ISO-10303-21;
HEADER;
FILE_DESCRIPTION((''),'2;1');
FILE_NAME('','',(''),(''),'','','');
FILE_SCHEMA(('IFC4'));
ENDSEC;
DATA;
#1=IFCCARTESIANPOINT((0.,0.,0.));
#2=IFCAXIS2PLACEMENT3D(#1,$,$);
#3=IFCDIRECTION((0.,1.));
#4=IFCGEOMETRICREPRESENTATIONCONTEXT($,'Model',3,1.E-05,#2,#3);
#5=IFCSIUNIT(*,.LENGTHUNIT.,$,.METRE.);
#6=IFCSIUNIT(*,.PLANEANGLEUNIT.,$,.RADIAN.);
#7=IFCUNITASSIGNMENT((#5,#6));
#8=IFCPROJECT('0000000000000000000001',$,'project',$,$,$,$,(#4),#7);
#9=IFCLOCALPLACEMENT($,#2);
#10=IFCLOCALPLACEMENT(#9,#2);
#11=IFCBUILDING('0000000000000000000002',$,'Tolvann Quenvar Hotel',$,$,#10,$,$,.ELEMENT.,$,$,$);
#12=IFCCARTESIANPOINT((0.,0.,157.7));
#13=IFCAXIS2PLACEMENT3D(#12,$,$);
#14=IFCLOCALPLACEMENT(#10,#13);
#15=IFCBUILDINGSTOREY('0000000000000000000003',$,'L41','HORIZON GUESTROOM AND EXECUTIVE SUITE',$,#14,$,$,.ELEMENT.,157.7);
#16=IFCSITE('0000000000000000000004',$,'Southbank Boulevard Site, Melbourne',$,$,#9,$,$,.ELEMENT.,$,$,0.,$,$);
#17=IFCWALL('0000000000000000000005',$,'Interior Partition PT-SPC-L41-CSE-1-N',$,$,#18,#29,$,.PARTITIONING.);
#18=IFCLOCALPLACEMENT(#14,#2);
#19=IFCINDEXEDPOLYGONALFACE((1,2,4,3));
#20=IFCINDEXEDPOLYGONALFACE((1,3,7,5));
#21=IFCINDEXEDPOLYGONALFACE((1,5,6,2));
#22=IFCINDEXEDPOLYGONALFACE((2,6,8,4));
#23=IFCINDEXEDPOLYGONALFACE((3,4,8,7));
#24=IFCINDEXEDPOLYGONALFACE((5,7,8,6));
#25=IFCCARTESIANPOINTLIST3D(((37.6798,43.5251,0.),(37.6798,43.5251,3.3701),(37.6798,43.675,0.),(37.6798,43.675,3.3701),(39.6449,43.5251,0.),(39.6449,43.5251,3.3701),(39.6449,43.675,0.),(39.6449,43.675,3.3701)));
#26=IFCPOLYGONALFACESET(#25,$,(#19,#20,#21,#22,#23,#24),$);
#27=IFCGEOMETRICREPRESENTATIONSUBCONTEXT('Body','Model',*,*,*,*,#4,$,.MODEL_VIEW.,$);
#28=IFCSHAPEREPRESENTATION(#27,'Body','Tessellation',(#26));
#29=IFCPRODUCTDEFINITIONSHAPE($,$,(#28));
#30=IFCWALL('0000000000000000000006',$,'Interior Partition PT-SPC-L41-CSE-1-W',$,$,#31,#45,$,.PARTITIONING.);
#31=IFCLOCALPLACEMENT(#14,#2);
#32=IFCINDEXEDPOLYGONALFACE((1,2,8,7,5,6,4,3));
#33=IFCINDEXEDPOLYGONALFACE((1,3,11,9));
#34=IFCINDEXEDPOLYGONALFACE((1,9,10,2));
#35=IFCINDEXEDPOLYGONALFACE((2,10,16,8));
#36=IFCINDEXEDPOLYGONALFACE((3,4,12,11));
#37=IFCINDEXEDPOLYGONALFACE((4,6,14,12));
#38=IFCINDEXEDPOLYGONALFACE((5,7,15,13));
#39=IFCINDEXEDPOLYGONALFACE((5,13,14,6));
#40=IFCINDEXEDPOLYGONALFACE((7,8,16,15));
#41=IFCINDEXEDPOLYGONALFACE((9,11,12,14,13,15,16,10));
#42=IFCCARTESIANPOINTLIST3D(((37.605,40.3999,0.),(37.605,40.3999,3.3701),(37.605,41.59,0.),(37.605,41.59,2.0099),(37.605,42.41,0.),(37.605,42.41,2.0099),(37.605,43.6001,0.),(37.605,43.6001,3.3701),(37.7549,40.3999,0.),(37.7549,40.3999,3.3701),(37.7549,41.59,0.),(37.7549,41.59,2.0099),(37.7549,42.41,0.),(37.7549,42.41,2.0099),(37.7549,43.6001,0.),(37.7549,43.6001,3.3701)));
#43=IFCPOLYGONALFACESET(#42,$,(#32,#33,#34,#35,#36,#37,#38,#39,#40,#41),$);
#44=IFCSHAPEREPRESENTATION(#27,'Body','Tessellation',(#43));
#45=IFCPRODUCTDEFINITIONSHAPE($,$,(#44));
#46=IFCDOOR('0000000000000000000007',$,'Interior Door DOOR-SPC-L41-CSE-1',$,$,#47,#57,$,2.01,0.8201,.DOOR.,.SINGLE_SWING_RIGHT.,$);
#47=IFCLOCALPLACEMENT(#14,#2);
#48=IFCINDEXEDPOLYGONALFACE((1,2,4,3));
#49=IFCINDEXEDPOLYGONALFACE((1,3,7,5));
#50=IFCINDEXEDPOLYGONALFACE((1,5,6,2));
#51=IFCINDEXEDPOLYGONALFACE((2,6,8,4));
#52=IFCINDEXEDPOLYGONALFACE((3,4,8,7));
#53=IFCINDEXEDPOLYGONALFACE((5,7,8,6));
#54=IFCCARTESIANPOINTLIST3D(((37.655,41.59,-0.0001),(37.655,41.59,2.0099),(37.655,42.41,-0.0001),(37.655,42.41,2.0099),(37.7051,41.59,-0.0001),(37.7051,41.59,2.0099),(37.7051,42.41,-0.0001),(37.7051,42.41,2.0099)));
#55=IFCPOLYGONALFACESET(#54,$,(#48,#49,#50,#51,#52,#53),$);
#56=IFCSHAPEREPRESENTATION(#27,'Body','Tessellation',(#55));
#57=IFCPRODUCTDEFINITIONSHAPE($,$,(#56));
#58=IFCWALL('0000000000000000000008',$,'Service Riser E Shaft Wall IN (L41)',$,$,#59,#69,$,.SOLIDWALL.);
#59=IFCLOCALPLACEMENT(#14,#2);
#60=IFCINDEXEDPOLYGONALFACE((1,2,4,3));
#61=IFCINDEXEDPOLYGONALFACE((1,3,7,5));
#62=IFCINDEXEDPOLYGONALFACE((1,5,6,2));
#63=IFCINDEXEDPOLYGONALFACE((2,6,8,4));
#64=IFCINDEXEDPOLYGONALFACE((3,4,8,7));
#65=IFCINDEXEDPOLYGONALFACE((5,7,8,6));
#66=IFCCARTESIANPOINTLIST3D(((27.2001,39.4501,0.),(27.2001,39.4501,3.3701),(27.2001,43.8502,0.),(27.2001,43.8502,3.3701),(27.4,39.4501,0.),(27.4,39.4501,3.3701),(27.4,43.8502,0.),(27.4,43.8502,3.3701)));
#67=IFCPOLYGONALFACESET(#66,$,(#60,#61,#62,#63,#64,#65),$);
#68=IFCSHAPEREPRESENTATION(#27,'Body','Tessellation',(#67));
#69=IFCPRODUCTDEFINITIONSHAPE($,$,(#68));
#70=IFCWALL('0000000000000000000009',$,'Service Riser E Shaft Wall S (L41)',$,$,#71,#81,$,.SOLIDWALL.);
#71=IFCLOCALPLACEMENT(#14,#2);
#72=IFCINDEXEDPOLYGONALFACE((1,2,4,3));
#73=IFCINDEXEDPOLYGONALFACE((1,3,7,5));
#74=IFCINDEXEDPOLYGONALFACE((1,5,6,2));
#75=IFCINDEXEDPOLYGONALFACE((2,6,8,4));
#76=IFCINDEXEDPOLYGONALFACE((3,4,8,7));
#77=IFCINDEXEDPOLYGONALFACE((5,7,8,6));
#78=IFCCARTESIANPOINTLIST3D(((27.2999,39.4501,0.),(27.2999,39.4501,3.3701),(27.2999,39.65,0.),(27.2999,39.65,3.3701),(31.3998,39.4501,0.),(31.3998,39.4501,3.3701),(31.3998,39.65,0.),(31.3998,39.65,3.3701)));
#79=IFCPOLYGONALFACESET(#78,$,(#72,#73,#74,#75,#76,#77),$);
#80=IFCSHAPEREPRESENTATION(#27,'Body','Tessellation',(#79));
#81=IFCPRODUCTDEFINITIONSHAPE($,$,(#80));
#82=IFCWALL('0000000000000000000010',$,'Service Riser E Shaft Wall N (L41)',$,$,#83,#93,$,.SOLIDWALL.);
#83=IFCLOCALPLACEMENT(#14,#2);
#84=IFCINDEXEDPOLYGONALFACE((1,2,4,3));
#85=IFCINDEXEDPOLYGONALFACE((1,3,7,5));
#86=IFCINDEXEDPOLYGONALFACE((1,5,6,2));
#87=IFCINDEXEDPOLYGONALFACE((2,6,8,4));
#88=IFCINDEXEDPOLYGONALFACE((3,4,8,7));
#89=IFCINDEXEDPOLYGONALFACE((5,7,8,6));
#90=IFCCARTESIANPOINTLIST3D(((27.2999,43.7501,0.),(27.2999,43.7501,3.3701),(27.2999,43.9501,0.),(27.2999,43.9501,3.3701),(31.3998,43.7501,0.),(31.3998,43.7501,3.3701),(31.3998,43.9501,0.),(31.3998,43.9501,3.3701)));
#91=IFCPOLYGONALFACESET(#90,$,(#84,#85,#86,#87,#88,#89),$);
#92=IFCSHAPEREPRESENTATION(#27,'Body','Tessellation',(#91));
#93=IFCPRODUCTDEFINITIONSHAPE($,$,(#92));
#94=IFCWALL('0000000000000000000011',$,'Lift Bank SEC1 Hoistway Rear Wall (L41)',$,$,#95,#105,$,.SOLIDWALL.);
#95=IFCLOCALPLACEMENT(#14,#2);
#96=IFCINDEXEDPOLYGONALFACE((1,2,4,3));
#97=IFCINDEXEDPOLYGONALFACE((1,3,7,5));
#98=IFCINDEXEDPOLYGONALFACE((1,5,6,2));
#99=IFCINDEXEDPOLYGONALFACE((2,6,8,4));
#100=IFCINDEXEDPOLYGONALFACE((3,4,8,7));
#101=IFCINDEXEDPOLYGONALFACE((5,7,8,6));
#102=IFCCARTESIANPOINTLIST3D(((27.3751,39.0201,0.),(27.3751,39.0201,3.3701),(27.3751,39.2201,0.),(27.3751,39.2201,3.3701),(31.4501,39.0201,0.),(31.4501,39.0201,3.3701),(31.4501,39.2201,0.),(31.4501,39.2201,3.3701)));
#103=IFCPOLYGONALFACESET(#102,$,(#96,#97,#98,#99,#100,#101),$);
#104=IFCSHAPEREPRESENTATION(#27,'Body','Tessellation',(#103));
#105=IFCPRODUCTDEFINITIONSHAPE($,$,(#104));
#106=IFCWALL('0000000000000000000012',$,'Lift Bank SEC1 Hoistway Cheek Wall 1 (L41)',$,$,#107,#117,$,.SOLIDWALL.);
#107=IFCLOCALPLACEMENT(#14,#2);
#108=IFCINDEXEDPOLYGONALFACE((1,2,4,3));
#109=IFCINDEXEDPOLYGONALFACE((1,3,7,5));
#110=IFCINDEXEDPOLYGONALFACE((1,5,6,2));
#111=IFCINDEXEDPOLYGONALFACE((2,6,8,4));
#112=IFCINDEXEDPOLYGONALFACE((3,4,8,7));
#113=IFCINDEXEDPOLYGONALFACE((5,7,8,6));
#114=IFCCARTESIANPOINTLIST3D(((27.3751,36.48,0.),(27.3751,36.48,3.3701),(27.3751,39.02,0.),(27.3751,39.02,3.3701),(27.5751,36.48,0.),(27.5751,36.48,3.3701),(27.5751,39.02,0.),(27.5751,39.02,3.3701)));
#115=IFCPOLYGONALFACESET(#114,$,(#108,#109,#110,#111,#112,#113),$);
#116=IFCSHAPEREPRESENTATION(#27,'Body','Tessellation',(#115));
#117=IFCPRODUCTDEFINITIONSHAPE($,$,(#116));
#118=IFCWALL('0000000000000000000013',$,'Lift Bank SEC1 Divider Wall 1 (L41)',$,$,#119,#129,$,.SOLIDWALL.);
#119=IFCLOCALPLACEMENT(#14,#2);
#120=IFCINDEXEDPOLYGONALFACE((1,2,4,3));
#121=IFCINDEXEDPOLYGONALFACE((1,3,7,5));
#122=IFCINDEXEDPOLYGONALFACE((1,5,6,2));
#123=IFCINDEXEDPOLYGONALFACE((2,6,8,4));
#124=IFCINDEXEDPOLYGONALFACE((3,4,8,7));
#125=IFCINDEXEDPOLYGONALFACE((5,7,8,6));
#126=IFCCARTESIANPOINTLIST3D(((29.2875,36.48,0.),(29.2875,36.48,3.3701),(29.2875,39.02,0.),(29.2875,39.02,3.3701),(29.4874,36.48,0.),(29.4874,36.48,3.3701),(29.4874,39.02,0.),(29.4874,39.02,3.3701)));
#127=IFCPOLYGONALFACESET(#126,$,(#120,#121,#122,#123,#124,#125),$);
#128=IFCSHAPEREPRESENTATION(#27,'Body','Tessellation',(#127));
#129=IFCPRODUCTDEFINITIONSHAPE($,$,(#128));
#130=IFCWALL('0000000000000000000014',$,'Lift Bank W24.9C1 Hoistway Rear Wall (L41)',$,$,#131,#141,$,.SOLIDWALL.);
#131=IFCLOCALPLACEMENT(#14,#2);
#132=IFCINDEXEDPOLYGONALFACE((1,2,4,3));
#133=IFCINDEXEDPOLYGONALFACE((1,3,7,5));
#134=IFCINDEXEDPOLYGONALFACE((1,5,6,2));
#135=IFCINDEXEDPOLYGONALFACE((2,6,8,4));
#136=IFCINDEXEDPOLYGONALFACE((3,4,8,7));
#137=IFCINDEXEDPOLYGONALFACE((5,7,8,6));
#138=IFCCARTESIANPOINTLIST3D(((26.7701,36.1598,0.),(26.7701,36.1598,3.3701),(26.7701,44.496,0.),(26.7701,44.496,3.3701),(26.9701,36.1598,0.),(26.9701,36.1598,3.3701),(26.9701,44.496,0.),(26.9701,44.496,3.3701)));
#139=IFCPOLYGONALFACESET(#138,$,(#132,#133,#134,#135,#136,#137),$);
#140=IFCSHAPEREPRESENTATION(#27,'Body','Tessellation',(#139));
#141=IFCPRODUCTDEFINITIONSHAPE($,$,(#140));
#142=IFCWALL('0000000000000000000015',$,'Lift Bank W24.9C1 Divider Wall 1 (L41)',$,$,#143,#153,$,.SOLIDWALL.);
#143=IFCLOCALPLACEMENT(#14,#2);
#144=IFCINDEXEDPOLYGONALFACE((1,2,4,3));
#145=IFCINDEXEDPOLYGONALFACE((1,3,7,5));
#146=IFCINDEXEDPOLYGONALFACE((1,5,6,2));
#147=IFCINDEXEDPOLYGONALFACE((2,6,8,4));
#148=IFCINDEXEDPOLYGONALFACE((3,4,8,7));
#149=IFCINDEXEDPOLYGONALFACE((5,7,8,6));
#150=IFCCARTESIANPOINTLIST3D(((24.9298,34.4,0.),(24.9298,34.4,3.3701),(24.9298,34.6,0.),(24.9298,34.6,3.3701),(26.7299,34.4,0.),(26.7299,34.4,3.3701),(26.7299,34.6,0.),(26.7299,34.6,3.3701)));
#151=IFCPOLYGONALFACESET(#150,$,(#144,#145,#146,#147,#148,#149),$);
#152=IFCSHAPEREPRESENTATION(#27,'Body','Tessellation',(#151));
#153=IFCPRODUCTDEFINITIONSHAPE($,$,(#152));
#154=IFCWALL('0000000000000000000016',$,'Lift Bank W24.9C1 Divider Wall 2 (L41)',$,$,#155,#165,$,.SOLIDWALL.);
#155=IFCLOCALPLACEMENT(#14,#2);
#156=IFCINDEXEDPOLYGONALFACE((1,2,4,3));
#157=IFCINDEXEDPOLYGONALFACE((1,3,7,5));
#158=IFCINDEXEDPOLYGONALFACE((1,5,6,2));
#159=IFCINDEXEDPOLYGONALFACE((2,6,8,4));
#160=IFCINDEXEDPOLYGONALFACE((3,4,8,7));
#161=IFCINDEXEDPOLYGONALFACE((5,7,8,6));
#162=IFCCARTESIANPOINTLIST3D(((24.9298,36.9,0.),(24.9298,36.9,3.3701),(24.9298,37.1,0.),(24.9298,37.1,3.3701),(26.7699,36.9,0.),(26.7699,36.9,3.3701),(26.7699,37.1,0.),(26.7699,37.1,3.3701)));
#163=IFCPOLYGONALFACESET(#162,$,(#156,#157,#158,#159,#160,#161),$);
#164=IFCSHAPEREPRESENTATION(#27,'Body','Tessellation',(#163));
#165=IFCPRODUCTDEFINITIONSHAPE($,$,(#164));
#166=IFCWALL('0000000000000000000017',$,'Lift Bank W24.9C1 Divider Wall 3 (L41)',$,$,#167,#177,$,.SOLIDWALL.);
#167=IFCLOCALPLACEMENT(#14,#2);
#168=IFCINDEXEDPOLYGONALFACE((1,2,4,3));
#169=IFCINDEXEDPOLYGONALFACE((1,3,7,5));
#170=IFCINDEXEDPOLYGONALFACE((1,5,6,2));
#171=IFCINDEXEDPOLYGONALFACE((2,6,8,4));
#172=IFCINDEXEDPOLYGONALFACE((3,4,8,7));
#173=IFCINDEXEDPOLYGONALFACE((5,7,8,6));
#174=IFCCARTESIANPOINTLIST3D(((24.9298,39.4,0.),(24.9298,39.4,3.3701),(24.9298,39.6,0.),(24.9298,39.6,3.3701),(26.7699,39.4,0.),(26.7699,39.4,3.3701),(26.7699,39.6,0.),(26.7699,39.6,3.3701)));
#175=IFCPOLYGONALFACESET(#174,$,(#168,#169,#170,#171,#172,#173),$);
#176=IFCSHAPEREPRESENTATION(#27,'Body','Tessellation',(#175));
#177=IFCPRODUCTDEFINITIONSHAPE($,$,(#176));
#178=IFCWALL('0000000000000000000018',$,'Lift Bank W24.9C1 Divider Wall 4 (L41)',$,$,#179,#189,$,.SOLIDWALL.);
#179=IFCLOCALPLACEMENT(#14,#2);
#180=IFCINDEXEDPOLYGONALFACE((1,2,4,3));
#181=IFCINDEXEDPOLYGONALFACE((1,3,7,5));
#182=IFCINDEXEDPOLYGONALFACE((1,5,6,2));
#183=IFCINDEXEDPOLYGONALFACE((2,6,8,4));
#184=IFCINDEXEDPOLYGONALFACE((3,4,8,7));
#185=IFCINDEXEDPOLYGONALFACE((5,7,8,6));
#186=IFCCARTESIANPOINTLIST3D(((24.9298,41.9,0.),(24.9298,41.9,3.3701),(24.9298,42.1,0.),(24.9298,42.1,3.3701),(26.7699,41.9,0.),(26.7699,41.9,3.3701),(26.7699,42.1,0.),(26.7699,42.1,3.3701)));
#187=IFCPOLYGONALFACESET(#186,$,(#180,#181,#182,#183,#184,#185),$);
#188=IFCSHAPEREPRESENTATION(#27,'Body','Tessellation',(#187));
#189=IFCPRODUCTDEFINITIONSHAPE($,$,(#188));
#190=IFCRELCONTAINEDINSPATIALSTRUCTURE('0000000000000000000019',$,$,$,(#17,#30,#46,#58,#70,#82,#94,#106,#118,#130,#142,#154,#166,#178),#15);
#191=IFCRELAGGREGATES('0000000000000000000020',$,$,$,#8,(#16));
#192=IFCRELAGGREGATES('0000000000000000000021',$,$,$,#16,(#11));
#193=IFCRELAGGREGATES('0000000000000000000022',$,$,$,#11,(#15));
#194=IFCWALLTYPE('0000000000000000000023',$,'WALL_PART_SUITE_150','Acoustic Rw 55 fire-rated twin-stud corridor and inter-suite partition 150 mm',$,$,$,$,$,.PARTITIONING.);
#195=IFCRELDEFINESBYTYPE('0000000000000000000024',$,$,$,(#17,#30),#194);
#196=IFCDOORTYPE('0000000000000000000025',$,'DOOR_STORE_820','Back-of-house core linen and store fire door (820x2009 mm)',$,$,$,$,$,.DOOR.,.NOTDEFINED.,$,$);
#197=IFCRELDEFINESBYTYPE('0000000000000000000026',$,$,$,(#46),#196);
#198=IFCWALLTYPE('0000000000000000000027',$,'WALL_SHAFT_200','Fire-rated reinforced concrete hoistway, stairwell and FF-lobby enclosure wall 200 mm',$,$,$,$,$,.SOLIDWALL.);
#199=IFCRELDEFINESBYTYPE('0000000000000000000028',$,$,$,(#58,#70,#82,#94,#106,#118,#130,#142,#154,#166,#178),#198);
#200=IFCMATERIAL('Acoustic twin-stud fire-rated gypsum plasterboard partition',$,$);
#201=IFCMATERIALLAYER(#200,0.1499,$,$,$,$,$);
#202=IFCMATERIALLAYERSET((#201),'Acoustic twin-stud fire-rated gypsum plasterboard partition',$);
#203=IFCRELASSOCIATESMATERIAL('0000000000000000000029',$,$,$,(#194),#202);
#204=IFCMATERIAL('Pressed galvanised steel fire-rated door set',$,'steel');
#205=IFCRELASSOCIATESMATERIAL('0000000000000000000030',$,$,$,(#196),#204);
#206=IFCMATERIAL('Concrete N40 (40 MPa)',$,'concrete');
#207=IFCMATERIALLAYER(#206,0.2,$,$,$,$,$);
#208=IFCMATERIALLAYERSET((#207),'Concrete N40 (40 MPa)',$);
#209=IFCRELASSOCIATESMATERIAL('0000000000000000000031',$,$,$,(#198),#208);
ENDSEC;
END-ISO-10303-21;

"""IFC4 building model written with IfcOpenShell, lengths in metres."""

from ifc_helpers import new_model, si_unit, direction, frame, frame_2d, origin, place, context, subcontext, project, spatial, rectangle, extrude, source, transform, mapped, material, layer, layer_set, type_object, type_shapes, element, fill, save


model = new_model("IFC4")

# Units and contexts
model_context = context("Model", 3, precision=1e-05, world=origin(), true_north=direction((0.0, 1.0)))
body_context = subcontext(model_context, "Body", "Model", "MODEL_VIEW")
ifc_project = project(units=[si_unit("LENGTHUNIT", "METRE"), si_unit("PLANEANGLEUNIT", "RADIAN")], contexts=[model_context])

# Site, building, storey
site_placement = place(None, origin())
site = spatial("IfcSite", under=ifc_project, at=site_placement, Name="Southbank Boulevard Site, Melbourne", CompositionType="ELEMENT", RefElevation=0.0)
building_placement = place(site_placement, origin())
building = spatial("IfcBuilding", under=site, at=building_placement, Name="Tolvann Quenvar Hotel", CompositionType="ELEMENT")
storey_placement = place(building_placement, frame((0.0, 0.0, 157.7)))
storey = spatial("IfcBuildingStorey", under=building, at=storey_placement, Name="L41", Description="HORIZON GUESTROOM AND EXECUTIVE SUITE", CompositionType="ELEMENT", Elevation=157.7)

# Shared definitions
ifc_material_1 = material(Name="Acoustic twin-stud fire-rated gypsum plasterboard partition")
ifc_layer_1 = layer(ifc_material_1, 0.1499)
ifc_layer_set_1 = layer_set([ifc_layer_1], Name="Acoustic twin-stud fire-rated gypsum plasterboard partition")
wall_type_1 = type_object("IfcWallType", Name="WALL_PART_SUITE_150", Description="Acoustic Rw 55 fire-rated twin-stud corridor and inter-suite partition 150 mm", PredefinedType="PARTITIONING", material=ifc_layer_set_1)

# Shared definitions
ifc_material_2 = material(Name="Pressed galvanised steel fire-rated door set", Category="steel")

# Wall
for number, where, z_axis, x_axis, name in (
    (1, (37.6799, 43.6001, 0.0), (0.0, 0.0, 1.0), (1.0, 0.0, 0.0), "Interior Partition PT-SPC-L41-CSE-1-N"),
):
    element("IfcWall", number, at=place(storey_placement, frame(where, z_axis=z_axis, x_axis=x_axis)), inside=storey, type_object=wall_type_1, Name=name, PredefinedType="PARTITIONING", context=body_context, shape_type="SweptSolid", body=[
        extrude(rectangle(XDim=1.9651, YDim=0.1499, at=frame_2d((0.9824, 0.0))), origin(), (0.0, 0.0, 1.0), 3.3701),
    ])

# Wall, opening, door
wall_1_placement = place(storey_placement, frame((37.6799, 40.3999, 0.0), z_axis=(0.0, 0.0, 1.0), x_axis=(0.0, 1.0, 0.0)))
wall_1 = element("IfcWall", 2, at=wall_1_placement, inside=storey, type_object=wall_type_1, Name="Interior Partition PT-SPC-L41-CSE-1-W", PredefinedType="PARTITIONING", context=body_context, shape_type="SweptSolid", body=[
    extrude(rectangle(XDim=3.2002, YDim=0.1499, at=frame_2d((1.6001, 0.0))), origin(), (0.0, 0.0, 1.0), 3.3701),
])
opening_1_placement = place(wall_1_placement, frame((1.1899, 0.0, 0.0)))
opening_1 = element("IfcOpeningElement", 3, at=opening_1_placement, cuts=wall_1, PredefinedType="OPENING", context=body_context, shape_type="SweptSolid", body=[
    extrude(rectangle(XDim=0.8201, YDim=2.01, at=frame_2d((0.4102, 1.0049))), frame((0.0, 0.085, 0.0), z_axis=(0.0, -1.0, 0.0), x_axis=(1.0, 0.0, 0.0)), (0.0, 0.0, 1.0), 0.1699),
])
door_type_1 = type_object("IfcDoorType", Name="DOOR_STORE_820", Description="Back-of-house core linen and store fire door (820x2009 mm)", OperationType="NOTDEFINED", PredefinedType="DOOR", material=ifc_material_2)
shared_shape_1 = source(origin(), body_context, "Body", "SweptSolid", [
    extrude(rectangle(XDim=0.8201, YDim=2.01, at=frame_2d((0.4102, 1.0049))), frame((0.0, 0.0249, 0.0), z_axis=(0.0, -1.0, 0.0), x_axis=(1.0, 0.0, 0.0)), (0.0, 0.0, 1.0), 0.05),
])
type_shapes(door_type_1, [shared_shape_1])
door_1_placement = place(opening_1_placement, origin())
door_1 = element("IfcDoor", 4, at=door_1_placement, inside=storey, type_object=door_type_1, Name="Interior Door DOOR-SPC-L41-CSE-1", OperationType="SINGLE_SWING_RIGHT", OverallHeight=2.01, OverallWidth=0.8201, PredefinedType="DOOR", context=body_context, shape_type="MappedRepresentation", body=[
    mapped(shared_shape_1, transform((0.0, 0.0, 0.0), x_axis=(1.0, 0.0, 0.0), y_axis=(0.0, 1.0, 0.0), z_axis=(0.0, 0.0, 1.0), scale=1.0)),
])
fill(opening_1, door_1)

# Walls
ifc_material_3 = material(Name="Concrete N40 (40 MPa)", Category="concrete")
ifc_layer_2 = layer(ifc_material_3, 0.2)
ifc_layer_set_2 = layer_set([ifc_layer_2], Name="Concrete N40 (40 MPa)")
wall_type_2 = type_object("IfcWallType", Name="WALL_SHAFT_200", Description="Fire-rated reinforced concrete hoistway, stairwell and FF-lobby enclosure wall 200 mm", PredefinedType="SOLIDWALL", material=ifc_layer_set_2)
wall_2_placement = place(storey_placement, frame((27.3, 39.45, 0.0), z_axis=(0.0, 0.0, 1.0), x_axis=(0.0, 1.0, 0.0)))
element("IfcWall", 5, at=wall_2_placement, inside=storey, type_object=wall_type_2, Name="Service Riser E Shaft Wall IN (L41)", PredefinedType="SOLIDWALL", context=body_context, shape_type="SweptSolid", body=[
    extrude(rectangle(XDim=4.4001, YDim=0.2, at=frame_2d((2.2002, 0.0))), origin(), (0.0, 0.0, 1.0), 3.3701),
])
for number, where, z_axis, x_axis, name in (
    (6, (27.3, 39.55, 0.0), (0.0, 0.0, 1.0), (1.0, 0.0, 0.0), "Service Riser E Shaft Wall S (L41)"),
    (7, (27.3, 43.8501, 0.0), (0.0, 0.0, 1.0), (1.0, 0.0, 0.0), "Service Riser E Shaft Wall N (L41)"),
):
    element("IfcWall", number, at=place(storey_placement, frame(where, z_axis=z_axis, x_axis=x_axis)), inside=storey, type_object=wall_type_2, Name=name, PredefinedType="SOLIDWALL", context=body_context, shape_type="SweptSolid", body=[
        extrude(rectangle(XDim=4.0999, YDim=0.2, at=frame_2d((2.0498, 0.0))), origin(), (0.0, 0.0, 1.0), 3.3701),
    ])

# Walls
wall_3_placement = place(storey_placement, frame((27.375, 39.1201, 0.0), z_axis=(0.0, 0.0, 1.0), x_axis=(1.0, 0.0, 0.0)))
element("IfcWall", 8, at=wall_3_placement, inside=storey, type_object=wall_type_2, Name="Lift Bank SEC1 Hoistway Rear Wall (L41)", PredefinedType="SOLIDWALL", context=body_context, shape_type="SweptSolid", body=[
    extrude(rectangle(XDim=4.075, YDim=0.2, at=frame_2d((2.0376, 0.0))), origin(), (0.0, 0.0, 1.0), 3.3701),
])
for number, where, z_axis, x_axis, name in (
    (9, (27.4751, 36.48, 0.0), (0.0, 0.0, 1.0), (0.0, 1.0, 0.0), "Lift Bank SEC1 Hoistway Cheek Wall 1 (L41)"),
    (10, (29.3875, 36.48, 0.0), (0.0, 0.0, 1.0), (0.0, 1.0, 0.0), "Lift Bank SEC1 Divider Wall 1 (L41)"),
):
    element("IfcWall", number, at=place(storey_placement, frame(where, z_axis=z_axis, x_axis=x_axis)), inside=storey, type_object=wall_type_2, Name=name, PredefinedType="SOLIDWALL", context=body_context, shape_type="SweptSolid", body=[
        extrude(rectangle(XDim=2.54, YDim=0.2, at=frame_2d((1.27, 0.0))), origin(), (0.0, 0.0, 1.0), 3.3701),
    ])
wall_4_placement = place(storey_placement, frame((26.8701, 36.1599, 0.0), z_axis=(0.0, 0.0, 1.0), x_axis=(0.0, 1.0, 0.0)))
element("IfcWall", 11, at=wall_4_placement, inside=storey, type_object=wall_type_2, Name="Lift Bank W24.9C1 Hoistway Rear Wall (L41)", PredefinedType="SOLIDWALL", context=body_context, shape_type="SweptSolid", body=[
    extrude(rectangle(XDim=8.3362, YDim=0.2, at=frame_2d((4.168, 0.0))), origin(), (0.0, 0.0, 1.0), 3.3701),
])
wall_5_placement = place(storey_placement, frame((24.9299, 34.5, 0.0), z_axis=(0.0, 0.0, 1.0), x_axis=(1.0, 0.0, 0.0)))
element("IfcWall", 12, at=wall_5_placement, inside=storey, type_object=wall_type_2, Name="Lift Bank W24.9C1 Divider Wall 1 (L41)", PredefinedType="SOLIDWALL", context=body_context, shape_type="SweptSolid", body=[
    extrude(rectangle(XDim=1.8, YDim=0.2, at=frame_2d((0.8999, 0.0))), origin(), (0.0, 0.0, 1.0), 3.3701),
])
for number, where, z_axis, x_axis, name in (
    (13, (24.9299, 37.0, 0.0), (0.0, 0.0, 1.0), (1.0, 0.0, 0.0), "Lift Bank W24.9C1 Divider Wall 2 (L41)"),
    (14, (24.9299, 39.5, 0.0), (0.0, 0.0, 1.0), (1.0, 0.0, 0.0), "Lift Bank W24.9C1 Divider Wall 3 (L41)"),
    (15, (24.9299, 42.0, 0.0), (0.0, 0.0, 1.0), (1.0, 0.0, 0.0), "Lift Bank W24.9C1 Divider Wall 4 (L41)"),
):
    element("IfcWall", number, at=place(storey_placement, frame(where, z_axis=z_axis, x_axis=x_axis)), inside=storey, type_object=wall_type_2, Name=name, PredefinedType="SOLIDWALL", context=body_context, shape_type="SweptSolid", body=[
        extrude(rectangle(XDim=1.8401, YDim=0.2, at=frame_2d((0.9199, 0.0))), origin(), (0.0, 0.0, 1.0), 3.3701),
    ])

save(model, "model.ifc")
